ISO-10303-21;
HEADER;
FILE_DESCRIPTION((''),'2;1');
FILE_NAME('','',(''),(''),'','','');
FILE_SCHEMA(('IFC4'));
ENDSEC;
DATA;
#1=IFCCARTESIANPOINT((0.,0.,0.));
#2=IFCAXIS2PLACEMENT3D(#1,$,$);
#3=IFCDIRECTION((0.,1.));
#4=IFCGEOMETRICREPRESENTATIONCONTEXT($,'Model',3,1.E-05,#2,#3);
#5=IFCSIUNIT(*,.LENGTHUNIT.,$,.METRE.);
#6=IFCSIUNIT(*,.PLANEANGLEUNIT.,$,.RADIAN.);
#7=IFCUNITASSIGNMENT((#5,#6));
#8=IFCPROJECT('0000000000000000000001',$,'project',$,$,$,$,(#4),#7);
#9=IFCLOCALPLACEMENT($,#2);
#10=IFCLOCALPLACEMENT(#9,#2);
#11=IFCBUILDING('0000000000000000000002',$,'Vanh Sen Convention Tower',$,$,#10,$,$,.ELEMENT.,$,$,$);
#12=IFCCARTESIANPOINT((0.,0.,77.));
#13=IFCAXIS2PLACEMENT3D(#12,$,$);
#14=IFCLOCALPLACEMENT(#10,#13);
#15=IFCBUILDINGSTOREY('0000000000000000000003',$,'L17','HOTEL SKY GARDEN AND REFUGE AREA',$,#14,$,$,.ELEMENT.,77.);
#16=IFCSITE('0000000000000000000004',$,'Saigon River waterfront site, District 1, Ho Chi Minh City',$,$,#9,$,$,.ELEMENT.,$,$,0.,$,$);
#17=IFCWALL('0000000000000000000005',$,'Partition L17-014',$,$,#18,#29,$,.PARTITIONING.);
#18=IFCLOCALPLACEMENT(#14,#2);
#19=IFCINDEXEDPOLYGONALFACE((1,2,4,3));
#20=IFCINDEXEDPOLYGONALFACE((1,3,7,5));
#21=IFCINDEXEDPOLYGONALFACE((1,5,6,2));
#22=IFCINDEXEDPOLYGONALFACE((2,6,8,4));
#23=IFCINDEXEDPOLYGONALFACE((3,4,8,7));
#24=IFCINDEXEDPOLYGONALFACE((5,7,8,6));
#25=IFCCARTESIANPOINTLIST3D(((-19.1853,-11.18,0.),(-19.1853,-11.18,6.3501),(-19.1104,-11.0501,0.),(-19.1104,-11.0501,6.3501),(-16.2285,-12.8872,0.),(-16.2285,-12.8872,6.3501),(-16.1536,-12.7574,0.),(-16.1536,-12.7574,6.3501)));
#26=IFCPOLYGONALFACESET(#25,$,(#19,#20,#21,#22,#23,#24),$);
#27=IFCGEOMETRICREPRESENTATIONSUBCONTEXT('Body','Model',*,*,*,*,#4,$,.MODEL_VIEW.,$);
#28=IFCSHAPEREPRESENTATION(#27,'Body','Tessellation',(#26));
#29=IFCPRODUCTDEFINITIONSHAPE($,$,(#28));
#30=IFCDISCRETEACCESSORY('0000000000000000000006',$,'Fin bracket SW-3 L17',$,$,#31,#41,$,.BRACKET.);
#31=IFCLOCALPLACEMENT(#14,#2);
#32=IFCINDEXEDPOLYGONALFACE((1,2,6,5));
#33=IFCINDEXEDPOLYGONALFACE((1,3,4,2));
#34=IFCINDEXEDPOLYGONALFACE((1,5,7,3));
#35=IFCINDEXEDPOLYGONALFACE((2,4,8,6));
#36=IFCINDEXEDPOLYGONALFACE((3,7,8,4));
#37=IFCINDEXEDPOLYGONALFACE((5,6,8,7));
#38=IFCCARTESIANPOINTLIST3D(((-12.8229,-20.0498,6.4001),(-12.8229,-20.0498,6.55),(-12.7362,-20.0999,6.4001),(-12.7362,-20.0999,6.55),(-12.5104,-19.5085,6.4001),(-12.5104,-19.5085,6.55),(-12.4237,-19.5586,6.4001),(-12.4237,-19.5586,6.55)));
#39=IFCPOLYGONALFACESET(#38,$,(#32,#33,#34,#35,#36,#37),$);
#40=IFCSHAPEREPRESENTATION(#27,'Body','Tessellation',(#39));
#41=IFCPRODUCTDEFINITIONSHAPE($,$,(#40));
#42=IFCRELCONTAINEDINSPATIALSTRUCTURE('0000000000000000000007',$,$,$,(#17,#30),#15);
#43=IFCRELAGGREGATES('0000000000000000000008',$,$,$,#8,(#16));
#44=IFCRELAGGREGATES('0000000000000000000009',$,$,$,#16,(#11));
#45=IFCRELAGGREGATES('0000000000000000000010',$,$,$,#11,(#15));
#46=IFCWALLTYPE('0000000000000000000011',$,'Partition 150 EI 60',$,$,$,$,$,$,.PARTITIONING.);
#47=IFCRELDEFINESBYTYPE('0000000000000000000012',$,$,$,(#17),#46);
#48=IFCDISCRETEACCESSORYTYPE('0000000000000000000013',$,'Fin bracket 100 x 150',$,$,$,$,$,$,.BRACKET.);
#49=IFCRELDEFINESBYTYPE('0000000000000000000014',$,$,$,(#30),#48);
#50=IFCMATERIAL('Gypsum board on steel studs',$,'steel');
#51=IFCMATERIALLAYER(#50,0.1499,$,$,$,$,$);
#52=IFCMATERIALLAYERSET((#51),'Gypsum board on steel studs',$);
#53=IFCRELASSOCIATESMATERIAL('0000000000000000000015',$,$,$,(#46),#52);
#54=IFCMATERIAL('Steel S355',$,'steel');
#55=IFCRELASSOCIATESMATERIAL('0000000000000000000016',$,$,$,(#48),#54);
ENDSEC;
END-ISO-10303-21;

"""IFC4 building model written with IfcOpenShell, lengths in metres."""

from ifc_helpers import new_model, si_unit, direction, frame, frame_2d, origin, origin_2d, place, context, subcontext, project, spatial, rectangle, extrude, material, layer, layer_set, type_object, element, save


model = new_model("IFC4")

# Units and contexts
model_context = context("Model", 3, precision=1e-05, world=origin(), true_north=direction((0.0, 1.0)))
body_context = subcontext(model_context, "Body", "Model", "MODEL_VIEW")
ifc_project = project(units=[si_unit("LENGTHUNIT", "METRE"), si_unit("PLANEANGLEUNIT", "RADIAN")], contexts=[model_context])

# Site, building, storey
site_placement = place(None, origin())
site = spatial("IfcSite", under=ifc_project, at=site_placement, Name="Saigon River waterfront site, District 1, Ho Chi Minh City", CompositionType="ELEMENT", RefElevation=0.0)
building_placement = place(site_placement, origin())
building = spatial("IfcBuilding", under=site, at=building_placement, Name="Vanh Sen Convention Tower", CompositionType="ELEMENT")
storey_placement = place(building_placement, frame((0.0, 0.0, 77.0)))
storey = spatial("IfcBuildingStorey", under=building, at=storey_placement, Name="L17", Description="HOTEL SKY GARDEN AND REFUGE AREA", CompositionType="ELEMENT", Elevation=77.0)

# Wall
ifc_material_1 = material(Name="Gypsum board on steel studs", Category="steel")
ifc_layer_1 = layer(ifc_material_1, 0.1499)
ifc_layer_set_1 = layer_set([ifc_layer_1], Name="Gypsum board on steel studs")
wall_type = type_object("IfcWallType", Name="Partition 150 EI 60", PredefinedType="PARTITIONING", material=ifc_layer_set_1)
wall_1_placement = place(storey_placement, frame((-16.1912, -12.8223, 0.0), z_axis=(0.0, 0.0, 1.0), x_axis=(-0.866003, 0.500038, 0.0)))
element("IfcWall", 1, at=wall_1_placement, inside=storey, type_object=wall_type, Name="Partition L17-014", PredefinedType="PARTITIONING", context=body_context, shape_type="SweptSolid", body=[
    extrude(rectangle(XDim=3.4143, YDim=0.1499, at=frame_2d((1.707, 0.0))), origin(), (0.0, 0.0, 1.0), 6.3501),
])

# Discrete accessory
ifc_material_2 = material(Name="Steel S355", Category="steel")
discrete_accessory_type = type_object("IfcDiscreteAccessoryType", Name="Fin bracket 100 x 150", PredefinedType="BRACKET", material=ifc_material_2)
discrete_accessory_placement = place(storey_placement, frame((-12.6233, -19.8042, 6.4001), z_axis=(0.0, 0.0, 1.0), x_axis=(-0.5, -0.866025, 0.0)))
element("IfcDiscreteAccessory", 2, at=discrete_accessory_placement, inside=storey, type_object=discrete_accessory_type, Name="Fin bracket SW-3 L17", PredefinedType="BRACKET", context=body_context, shape_type="SweptSolid", body=[
    extrude(rectangle(XDim=0.625, YDim=0.1001, at=origin_2d()), origin(), (0.0, 0.0, 1.0), 0.1499),
])

save(model, "model.ifc")
